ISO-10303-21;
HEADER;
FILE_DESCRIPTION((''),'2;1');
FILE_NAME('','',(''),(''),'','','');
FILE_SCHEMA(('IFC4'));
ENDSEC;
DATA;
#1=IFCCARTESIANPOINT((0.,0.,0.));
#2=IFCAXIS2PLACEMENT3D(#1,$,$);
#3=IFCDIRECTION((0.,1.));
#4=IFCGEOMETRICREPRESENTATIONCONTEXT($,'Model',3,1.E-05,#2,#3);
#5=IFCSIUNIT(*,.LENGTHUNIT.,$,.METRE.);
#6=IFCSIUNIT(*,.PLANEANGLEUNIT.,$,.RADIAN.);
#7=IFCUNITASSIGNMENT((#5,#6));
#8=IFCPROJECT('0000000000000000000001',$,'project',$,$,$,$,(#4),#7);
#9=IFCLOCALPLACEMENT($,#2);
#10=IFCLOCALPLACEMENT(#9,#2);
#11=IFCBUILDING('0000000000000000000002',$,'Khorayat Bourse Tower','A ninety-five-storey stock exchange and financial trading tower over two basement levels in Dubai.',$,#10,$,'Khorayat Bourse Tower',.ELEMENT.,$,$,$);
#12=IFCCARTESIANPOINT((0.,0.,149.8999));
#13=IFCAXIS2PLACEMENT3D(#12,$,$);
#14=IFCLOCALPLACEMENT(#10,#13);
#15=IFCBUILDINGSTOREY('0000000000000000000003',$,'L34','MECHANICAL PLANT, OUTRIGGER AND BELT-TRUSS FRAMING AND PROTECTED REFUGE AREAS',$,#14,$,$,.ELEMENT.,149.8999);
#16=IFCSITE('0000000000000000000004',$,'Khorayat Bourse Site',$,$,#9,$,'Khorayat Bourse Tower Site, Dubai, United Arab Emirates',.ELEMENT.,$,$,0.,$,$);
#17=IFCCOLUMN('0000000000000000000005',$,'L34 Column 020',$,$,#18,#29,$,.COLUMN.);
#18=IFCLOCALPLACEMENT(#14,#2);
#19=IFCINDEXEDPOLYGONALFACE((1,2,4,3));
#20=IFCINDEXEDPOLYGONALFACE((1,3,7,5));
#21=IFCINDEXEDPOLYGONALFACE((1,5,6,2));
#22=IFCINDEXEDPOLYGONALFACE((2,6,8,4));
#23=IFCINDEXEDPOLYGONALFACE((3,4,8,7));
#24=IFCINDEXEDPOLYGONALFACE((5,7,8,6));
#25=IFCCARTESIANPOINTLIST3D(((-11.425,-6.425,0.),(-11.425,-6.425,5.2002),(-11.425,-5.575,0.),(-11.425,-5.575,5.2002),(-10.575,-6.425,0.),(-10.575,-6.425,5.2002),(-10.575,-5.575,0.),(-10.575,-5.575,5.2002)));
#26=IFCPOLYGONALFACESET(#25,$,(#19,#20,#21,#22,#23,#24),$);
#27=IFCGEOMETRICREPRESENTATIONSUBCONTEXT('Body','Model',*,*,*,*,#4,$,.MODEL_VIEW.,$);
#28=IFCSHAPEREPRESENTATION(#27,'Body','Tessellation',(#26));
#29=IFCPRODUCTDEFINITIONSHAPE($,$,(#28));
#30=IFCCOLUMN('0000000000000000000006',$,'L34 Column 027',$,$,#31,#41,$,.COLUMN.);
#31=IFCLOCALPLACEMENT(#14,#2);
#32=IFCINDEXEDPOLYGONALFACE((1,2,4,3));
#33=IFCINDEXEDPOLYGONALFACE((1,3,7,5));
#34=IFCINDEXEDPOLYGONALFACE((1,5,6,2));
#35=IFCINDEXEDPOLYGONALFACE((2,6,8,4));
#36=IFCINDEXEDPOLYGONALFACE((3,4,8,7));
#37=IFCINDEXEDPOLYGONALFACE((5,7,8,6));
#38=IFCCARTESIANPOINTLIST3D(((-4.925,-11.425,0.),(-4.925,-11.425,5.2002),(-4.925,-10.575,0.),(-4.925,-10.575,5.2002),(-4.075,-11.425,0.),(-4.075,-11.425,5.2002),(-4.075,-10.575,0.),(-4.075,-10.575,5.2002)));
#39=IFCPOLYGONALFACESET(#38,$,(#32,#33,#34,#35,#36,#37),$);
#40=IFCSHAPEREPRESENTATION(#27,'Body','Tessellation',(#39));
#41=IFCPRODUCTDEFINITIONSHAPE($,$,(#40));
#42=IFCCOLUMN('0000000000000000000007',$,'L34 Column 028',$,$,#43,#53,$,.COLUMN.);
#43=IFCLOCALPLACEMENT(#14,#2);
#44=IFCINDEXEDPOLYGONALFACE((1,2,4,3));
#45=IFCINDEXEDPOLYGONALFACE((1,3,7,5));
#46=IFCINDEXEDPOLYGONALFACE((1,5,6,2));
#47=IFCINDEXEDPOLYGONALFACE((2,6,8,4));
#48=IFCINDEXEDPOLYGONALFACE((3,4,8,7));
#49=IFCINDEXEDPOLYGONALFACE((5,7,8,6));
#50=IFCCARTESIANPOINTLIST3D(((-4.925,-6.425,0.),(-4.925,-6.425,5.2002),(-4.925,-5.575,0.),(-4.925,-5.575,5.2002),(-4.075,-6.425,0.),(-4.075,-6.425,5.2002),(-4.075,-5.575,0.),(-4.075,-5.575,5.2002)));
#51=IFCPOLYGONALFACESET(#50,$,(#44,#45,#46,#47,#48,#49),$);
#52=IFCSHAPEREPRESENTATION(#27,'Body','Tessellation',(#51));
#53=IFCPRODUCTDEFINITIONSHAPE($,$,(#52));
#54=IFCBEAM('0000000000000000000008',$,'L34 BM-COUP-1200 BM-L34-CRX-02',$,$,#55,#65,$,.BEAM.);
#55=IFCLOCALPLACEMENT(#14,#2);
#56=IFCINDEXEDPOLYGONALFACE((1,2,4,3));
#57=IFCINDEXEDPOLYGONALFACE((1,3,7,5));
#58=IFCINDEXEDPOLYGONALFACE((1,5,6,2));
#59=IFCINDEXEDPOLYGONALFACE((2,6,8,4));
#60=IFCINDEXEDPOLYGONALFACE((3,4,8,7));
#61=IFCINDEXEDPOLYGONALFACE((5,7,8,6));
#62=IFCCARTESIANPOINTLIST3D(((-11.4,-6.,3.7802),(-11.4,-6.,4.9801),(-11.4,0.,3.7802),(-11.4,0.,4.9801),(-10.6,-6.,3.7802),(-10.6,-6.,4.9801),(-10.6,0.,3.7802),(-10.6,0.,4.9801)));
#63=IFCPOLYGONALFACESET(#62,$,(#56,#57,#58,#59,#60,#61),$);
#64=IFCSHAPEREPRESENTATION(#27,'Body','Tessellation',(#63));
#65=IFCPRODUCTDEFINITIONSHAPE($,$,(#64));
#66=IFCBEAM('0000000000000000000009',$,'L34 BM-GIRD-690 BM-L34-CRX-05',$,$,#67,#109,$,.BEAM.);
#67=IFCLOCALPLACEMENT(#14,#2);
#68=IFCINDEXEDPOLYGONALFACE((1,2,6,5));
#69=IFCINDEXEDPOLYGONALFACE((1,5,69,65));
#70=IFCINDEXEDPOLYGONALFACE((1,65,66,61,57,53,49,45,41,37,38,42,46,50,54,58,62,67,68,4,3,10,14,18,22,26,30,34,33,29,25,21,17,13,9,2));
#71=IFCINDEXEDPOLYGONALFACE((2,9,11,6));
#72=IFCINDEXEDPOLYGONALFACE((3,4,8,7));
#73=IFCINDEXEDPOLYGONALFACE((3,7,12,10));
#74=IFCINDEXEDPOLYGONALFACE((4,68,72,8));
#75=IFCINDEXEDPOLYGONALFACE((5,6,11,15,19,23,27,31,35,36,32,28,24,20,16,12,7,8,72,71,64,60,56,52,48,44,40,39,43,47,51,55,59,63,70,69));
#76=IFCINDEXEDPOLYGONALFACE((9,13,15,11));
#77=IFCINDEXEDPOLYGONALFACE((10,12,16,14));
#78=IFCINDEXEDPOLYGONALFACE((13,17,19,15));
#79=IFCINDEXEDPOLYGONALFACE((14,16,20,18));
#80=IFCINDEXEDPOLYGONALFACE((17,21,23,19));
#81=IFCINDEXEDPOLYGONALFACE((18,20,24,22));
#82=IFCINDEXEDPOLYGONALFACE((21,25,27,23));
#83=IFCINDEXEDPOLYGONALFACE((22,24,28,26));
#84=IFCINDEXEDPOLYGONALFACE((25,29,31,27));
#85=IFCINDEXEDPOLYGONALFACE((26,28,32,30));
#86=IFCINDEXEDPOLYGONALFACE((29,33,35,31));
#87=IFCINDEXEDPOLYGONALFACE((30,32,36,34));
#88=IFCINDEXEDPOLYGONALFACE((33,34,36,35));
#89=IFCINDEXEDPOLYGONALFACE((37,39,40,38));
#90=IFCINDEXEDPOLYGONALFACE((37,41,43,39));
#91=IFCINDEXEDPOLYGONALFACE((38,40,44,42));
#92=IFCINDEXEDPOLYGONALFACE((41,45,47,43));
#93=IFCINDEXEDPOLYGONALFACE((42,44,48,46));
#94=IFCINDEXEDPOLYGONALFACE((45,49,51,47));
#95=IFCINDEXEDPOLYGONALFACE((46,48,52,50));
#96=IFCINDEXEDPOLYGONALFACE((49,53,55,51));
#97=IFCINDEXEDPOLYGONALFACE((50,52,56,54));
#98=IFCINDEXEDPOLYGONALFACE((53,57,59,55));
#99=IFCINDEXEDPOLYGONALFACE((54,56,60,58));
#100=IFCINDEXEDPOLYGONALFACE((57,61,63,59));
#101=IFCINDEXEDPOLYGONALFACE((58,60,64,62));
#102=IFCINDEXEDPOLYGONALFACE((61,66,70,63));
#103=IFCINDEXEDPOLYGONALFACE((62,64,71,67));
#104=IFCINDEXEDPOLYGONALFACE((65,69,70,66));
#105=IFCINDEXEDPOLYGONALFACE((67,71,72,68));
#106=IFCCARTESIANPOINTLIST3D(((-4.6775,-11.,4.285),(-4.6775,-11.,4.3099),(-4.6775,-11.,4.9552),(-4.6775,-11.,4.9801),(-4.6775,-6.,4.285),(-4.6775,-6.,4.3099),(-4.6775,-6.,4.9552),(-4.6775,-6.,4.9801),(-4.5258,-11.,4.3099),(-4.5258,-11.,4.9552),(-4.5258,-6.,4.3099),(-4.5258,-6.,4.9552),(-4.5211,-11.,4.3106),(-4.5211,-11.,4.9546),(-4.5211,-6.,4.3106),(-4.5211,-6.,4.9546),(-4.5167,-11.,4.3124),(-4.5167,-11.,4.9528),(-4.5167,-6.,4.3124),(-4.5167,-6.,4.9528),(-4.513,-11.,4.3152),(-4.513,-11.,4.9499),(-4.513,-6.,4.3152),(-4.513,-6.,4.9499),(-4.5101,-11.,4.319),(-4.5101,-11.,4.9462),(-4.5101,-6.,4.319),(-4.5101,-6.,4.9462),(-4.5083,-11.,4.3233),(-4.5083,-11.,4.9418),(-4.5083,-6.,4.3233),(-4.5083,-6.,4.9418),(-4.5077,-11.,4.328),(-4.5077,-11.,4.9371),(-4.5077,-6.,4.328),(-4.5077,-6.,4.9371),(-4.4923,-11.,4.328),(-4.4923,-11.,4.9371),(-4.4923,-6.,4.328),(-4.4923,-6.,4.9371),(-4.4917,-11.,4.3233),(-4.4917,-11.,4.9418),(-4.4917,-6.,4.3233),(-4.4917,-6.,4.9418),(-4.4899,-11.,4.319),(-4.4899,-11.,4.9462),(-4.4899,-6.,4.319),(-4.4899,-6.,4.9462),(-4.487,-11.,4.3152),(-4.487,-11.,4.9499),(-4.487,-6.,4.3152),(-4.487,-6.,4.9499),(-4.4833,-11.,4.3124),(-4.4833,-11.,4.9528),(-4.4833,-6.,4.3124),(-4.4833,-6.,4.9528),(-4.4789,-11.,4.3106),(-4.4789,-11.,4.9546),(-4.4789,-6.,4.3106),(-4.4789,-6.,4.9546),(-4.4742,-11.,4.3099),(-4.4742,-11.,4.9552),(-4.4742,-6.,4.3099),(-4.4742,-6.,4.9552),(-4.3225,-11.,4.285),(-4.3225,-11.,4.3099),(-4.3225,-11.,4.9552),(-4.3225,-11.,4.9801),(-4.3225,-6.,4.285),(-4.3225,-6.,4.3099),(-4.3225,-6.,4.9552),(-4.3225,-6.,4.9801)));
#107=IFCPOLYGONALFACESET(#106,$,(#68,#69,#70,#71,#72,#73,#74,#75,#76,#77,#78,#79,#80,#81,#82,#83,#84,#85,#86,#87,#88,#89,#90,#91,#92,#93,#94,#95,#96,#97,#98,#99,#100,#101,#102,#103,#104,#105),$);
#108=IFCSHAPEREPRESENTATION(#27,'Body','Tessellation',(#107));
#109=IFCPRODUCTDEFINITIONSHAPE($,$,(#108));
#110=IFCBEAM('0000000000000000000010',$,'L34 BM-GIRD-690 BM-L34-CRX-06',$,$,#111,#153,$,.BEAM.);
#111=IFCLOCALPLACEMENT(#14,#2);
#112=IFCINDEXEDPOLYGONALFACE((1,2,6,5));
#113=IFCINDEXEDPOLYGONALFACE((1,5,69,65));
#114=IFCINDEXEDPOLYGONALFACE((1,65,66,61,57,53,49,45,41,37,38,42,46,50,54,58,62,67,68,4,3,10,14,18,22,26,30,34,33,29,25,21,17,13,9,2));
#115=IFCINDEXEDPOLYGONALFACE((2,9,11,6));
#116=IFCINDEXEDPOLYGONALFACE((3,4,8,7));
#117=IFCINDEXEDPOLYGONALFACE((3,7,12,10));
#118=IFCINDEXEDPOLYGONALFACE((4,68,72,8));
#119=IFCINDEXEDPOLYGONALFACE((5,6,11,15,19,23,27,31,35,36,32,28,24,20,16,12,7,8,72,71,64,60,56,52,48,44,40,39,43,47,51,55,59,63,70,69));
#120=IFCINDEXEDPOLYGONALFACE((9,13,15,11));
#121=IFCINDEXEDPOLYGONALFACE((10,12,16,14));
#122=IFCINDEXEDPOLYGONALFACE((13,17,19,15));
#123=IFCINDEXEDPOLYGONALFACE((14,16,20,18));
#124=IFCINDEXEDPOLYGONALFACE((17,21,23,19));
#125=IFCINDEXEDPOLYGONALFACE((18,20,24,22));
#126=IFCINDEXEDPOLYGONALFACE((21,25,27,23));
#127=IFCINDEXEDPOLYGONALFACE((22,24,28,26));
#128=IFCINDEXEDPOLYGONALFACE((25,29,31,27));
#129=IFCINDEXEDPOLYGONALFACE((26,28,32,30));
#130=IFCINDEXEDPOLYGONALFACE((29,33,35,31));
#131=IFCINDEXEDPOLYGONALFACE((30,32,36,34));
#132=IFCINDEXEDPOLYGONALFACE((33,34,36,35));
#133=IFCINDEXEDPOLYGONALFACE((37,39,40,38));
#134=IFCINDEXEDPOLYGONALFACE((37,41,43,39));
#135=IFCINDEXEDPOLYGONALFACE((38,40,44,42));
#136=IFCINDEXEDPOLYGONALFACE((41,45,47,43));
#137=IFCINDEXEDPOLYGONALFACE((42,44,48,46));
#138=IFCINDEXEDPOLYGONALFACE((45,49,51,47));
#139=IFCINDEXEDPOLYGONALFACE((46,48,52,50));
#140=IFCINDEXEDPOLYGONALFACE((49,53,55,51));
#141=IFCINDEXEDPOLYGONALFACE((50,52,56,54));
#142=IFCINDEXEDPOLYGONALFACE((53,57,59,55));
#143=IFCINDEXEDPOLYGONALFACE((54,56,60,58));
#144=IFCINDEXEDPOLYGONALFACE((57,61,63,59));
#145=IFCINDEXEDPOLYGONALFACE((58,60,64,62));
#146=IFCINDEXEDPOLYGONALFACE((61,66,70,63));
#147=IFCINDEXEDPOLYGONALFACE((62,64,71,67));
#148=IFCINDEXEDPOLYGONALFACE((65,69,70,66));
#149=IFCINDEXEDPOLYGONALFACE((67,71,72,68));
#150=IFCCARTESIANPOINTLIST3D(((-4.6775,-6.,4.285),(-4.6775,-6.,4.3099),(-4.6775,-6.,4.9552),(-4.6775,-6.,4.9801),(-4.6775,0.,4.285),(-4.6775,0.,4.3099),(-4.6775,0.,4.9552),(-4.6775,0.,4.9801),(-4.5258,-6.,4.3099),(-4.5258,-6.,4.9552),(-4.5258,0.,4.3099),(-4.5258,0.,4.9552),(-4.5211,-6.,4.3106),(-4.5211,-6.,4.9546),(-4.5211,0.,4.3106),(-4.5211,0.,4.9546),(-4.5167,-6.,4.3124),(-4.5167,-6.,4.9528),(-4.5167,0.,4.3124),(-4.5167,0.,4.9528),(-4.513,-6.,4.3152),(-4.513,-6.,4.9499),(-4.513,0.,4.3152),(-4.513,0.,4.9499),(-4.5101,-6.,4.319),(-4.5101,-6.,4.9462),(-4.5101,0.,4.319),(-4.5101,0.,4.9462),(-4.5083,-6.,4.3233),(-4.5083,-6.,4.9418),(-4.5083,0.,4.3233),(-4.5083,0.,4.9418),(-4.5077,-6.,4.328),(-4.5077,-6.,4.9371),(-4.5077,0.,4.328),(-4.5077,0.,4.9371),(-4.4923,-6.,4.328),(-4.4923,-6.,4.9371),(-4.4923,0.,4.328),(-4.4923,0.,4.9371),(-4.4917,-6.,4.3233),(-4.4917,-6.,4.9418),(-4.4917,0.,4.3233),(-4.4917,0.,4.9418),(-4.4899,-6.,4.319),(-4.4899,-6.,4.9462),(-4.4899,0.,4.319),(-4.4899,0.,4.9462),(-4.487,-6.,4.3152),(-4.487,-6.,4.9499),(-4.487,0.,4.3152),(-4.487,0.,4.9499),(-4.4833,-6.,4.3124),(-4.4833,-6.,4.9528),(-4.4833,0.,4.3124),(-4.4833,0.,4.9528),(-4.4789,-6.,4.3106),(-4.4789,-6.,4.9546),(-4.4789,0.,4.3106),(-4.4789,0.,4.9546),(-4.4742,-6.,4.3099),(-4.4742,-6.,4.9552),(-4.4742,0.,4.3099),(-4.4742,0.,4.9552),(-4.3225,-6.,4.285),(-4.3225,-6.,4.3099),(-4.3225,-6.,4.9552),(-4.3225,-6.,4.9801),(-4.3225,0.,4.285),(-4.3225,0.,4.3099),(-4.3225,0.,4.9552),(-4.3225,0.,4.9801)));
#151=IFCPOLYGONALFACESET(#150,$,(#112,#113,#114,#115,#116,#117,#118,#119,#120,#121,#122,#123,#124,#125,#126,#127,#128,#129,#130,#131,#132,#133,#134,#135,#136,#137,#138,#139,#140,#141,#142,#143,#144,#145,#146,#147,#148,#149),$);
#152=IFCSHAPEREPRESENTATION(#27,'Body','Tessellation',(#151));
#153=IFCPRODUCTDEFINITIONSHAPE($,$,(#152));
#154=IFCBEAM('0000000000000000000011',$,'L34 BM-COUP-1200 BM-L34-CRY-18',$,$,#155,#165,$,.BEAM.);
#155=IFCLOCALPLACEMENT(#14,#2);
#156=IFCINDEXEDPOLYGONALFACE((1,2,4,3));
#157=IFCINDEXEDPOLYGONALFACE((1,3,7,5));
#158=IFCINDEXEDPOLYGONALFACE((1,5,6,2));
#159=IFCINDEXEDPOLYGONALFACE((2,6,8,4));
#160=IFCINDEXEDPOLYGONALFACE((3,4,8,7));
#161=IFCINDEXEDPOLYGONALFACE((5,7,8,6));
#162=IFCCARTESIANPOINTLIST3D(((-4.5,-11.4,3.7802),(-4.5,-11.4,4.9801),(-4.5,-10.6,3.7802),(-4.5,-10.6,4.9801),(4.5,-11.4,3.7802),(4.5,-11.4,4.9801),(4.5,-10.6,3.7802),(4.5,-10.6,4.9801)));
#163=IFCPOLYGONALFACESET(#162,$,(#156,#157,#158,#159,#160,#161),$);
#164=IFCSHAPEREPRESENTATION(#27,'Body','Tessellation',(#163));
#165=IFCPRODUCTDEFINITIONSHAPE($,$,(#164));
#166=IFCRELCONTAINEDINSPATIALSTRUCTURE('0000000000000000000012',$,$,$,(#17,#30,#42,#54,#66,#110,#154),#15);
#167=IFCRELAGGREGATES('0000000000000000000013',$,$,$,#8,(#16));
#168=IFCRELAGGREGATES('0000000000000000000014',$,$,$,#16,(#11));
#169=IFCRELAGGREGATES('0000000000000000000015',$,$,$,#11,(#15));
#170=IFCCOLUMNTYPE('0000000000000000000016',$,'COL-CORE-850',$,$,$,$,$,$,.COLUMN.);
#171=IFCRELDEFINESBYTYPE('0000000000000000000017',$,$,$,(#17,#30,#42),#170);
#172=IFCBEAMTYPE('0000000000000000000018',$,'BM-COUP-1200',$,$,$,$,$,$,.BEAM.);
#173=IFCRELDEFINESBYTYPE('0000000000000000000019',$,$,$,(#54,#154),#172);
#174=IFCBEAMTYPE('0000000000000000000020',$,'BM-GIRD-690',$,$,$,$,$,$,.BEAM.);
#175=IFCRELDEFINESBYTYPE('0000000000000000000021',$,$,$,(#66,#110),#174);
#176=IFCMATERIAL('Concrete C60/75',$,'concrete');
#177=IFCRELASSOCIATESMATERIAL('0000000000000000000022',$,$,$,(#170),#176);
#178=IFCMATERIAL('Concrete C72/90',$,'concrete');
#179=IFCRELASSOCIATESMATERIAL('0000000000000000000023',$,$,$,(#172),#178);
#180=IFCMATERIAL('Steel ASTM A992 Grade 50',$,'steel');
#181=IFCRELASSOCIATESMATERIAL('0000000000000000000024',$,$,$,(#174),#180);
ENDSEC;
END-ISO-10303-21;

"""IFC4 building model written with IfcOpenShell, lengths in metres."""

from ifc_helpers import new_model, si_unit, direction, frame, origin, origin_2d, place, context, subcontext, project, spatial, rectangle, i_section, extrude, source, transform, mapped, material, material_profile, profile_set, type_object, element, save


model = new_model("IFC4")

# Units and contexts
model_context = context("Model", 3, precision=1e-05, world=origin(), true_north=direction((0.0, 1.0)))
body_context = subcontext(model_context, "Body", "Model", "MODEL_VIEW")
ifc_project = project(units=[si_unit("LENGTHUNIT", "METRE"), si_unit("PLANEANGLEUNIT", "RADIAN")], contexts=[model_context])

# Site, building, storey
site_placement = place(None, origin())
site = spatial("IfcSite", under=ifc_project, at=site_placement, Name="Khorayat Bourse Site", LongName="Khorayat Bourse Tower Site, Dubai, United Arab Emirates", CompositionType="ELEMENT", RefElevation=0.0)
building_placement = place(site_placement, origin())
building = spatial("IfcBuilding", under=site, at=building_placement, Name="Khorayat Bourse Tower", Description="A ninety-five-storey stock exchange and financial trading tower over two basement levels in Dubai.", LongName="Khorayat Bourse Tower", CompositionType="ELEMENT")
storey_placement = place(building_placement, frame((0.0, 0.0, 149.8999)))
storey = spatial("IfcBuildingStorey", under=building, at=storey_placement, Name="L34", Description="MECHANICAL PLANT, OUTRIGGER AND BELT-TRUSS FRAMING AND PROTECTED REFUGE AREAS", CompositionType="ELEMENT", Elevation=149.8999)

# Columns
ifc_material_1 = material(Name="Concrete C60/75", Category="concrete")
ifc_material_profile_1 = material_profile(ifc_material_1, rectangle(XDim=0.8501, YDim=0.8501, at=origin_2d()), Name="RC 850x850")
ifc_profile_set_1 = profile_set([ifc_material_profile_1], Name="Concrete C60/75")
column_type = type_object("IfcColumnType", Name="COL-CORE-850", PredefinedType="COLUMN", material=ifc_profile_set_1)
shared_shape_1 = source(origin(), body_context, "Body", "SweptSolid", [
    extrude(rectangle(XDim=0.8501, YDim=0.8501, at=origin_2d()), origin(), (0.0, 0.0, 1.0), 5.2002),
])
for number, where, z_axis, x_axis, name in (
    (1, (-11.0, -6.0, 0.0), (0.0, 0.0, 1.0), (1.0, 0.0, 0.0), "L34 Column 020"),
    (2, (-4.5, -11.0, 0.0), (0.0, 0.0, 1.0), (1.0, 0.0, 0.0), "L34 Column 027"),
    (3, (-4.5, -6.0, 0.0), (0.0, 0.0, 1.0), (1.0, 0.0, 0.0), "L34 Column 028"),
):
    element("IfcColumn", number, at=place(storey_placement, frame(where, z_axis=z_axis, x_axis=x_axis)), inside=storey, type_object=column_type, Name=name, PredefinedType="COLUMN", context=body_context, shape_type="MappedRepresentation", body=[
        mapped(shared_shape_1, transform((0.0, 0.0, 0.0), scale=1.0)),
    ])

# Beams
ifc_material_2 = material(Name="Concrete C72/90", Category="concrete")
ifc_material_profile_2 = material_profile(ifc_material_2, rectangle(XDim=0.8, YDim=1.2, at=origin_2d()), Name="RC 800x1200")
ifc_profile_set_2 = profile_set([ifc_material_profile_2], Name="Concrete C72/90")
beam_type_1 = type_object("IfcBeamType", Name="BM-COUP-1200", PredefinedType="BEAM", material=ifc_profile_set_2)
shared_shape_2 = source(origin(), body_context, "Body", "SweptSolid", [
    extrude(rectangle(XDim=0.8, YDim=1.2, at=origin_2d()), origin(), (0.0, 0.0, 1.0), 6.0),
])
beam_1_placement = place(storey_placement, frame((-11.0, -6.0, 4.3801), z_axis=(0.0, 1.0, 0.0), x_axis=(-1.0, 0.0, 0.0)))
element("IfcBeam", 4, at=beam_1_placement, inside=storey, type_object=beam_type_1, Name="L34 BM-COUP-1200 BM-L34-CRX-02", PredefinedType="BEAM", context=body_context, shape_type="MappedRepresentation", body=[
    mapped(shared_shape_2, transform((0.0, 0.0, 0.0), scale=1.0)),
])
ifc_material_3 = material(Name="Steel ASTM A992 Grade 50", Category="steel")
ifc_material_profile_3 = material_profile(ifc_material_3, i_section(OverallWidth=0.355, OverallDepth=0.6951, WebThickness=0.0154, FlangeThickness=0.0249, FilletRadius=0.0181, at=origin_2d()), Name="W690X217")
ifc_profile_set_3 = profile_set([ifc_material_profile_3], Name="Steel ASTM A992 Grade 50")
beam_type_2 = type_object("IfcBeamType", Name="BM-GIRD-690", PredefinedType="BEAM", material=ifc_profile_set_3)
shared_shape_3 = source(origin(), body_context, "Body", "SweptSolid", [
    extrude(i_section(OverallWidth=0.355, OverallDepth=0.6951, WebThickness=0.0154, FlangeThickness=0.0249, FilletRadius=0.0181, at=origin_2d()), origin(), (0.0, 0.0, 1.0), 5.0),
])
beam_2_placement = place(storey_placement, frame((-4.5, -11.0, 4.6326), z_axis=(0.0, 1.0, 0.0), x_axis=(-1.0, 0.0, 0.0)))
element("IfcBeam", 5, at=beam_2_placement, inside=storey, type_object=beam_type_2, Name="L34 BM-GIRD-690 BM-L34-CRX-05", PredefinedType="BEAM", context=body_context, shape_type="MappedRepresentation", body=[
    mapped(shared_shape_3, transform((0.0, 0.0, 0.0), scale=1.0)),
])
shared_shape_4 = source(origin(), body_context, "Body", "SweptSolid", [
    extrude(i_section(OverallWidth=0.355, OverallDepth=0.6951, WebThickness=0.0154, FlangeThickness=0.0249, FilletRadius=0.0181, at=origin_2d()), origin(), (0.0, 0.0, 1.0), 6.0),
])
beam_3_placement = place(storey_placement, frame((-4.5, -6.0, 4.6326), z_axis=(0.0, 1.0, 0.0), x_axis=(-1.0, 0.0, 0.0)))
element("IfcBeam", 6, at=beam_3_placement, inside=storey, type_object=beam_type_2, Name="L34 BM-GIRD-690 BM-L34-CRX-06", PredefinedType="BEAM", context=body_context, shape_type="MappedRepresentation", body=[
    mapped(shared_shape_4, transform((0.0, 0.0, 0.0), scale=1.0)),
])
shared_shape_5 = source(origin(), body_context, "Body", "SweptSolid", [
    extrude(rectangle(XDim=0.8, YDim=1.2, at=origin_2d()), origin(), (0.0, 0.0, 1.0), 9.0),
])
beam_4_placement = place(storey_placement, frame((-4.5, -11.0, 4.3801), z_axis=(1.0, 0.0, 0.0), x_axis=(0.0, 1.0, 0.0)))
element("IfcBeam", 7, at=beam_4_placement, inside=storey, type_object=beam_type_1, Name="L34 BM-COUP-1200 BM-L34-CRY-18", PredefinedType="BEAM", context=body_context, shape_type="MappedRepresentation", body=[
    mapped(shared_shape_5, transform((0.0, 0.0, 0.0), scale=1.0)),
])

save(model, "model.ifc")
